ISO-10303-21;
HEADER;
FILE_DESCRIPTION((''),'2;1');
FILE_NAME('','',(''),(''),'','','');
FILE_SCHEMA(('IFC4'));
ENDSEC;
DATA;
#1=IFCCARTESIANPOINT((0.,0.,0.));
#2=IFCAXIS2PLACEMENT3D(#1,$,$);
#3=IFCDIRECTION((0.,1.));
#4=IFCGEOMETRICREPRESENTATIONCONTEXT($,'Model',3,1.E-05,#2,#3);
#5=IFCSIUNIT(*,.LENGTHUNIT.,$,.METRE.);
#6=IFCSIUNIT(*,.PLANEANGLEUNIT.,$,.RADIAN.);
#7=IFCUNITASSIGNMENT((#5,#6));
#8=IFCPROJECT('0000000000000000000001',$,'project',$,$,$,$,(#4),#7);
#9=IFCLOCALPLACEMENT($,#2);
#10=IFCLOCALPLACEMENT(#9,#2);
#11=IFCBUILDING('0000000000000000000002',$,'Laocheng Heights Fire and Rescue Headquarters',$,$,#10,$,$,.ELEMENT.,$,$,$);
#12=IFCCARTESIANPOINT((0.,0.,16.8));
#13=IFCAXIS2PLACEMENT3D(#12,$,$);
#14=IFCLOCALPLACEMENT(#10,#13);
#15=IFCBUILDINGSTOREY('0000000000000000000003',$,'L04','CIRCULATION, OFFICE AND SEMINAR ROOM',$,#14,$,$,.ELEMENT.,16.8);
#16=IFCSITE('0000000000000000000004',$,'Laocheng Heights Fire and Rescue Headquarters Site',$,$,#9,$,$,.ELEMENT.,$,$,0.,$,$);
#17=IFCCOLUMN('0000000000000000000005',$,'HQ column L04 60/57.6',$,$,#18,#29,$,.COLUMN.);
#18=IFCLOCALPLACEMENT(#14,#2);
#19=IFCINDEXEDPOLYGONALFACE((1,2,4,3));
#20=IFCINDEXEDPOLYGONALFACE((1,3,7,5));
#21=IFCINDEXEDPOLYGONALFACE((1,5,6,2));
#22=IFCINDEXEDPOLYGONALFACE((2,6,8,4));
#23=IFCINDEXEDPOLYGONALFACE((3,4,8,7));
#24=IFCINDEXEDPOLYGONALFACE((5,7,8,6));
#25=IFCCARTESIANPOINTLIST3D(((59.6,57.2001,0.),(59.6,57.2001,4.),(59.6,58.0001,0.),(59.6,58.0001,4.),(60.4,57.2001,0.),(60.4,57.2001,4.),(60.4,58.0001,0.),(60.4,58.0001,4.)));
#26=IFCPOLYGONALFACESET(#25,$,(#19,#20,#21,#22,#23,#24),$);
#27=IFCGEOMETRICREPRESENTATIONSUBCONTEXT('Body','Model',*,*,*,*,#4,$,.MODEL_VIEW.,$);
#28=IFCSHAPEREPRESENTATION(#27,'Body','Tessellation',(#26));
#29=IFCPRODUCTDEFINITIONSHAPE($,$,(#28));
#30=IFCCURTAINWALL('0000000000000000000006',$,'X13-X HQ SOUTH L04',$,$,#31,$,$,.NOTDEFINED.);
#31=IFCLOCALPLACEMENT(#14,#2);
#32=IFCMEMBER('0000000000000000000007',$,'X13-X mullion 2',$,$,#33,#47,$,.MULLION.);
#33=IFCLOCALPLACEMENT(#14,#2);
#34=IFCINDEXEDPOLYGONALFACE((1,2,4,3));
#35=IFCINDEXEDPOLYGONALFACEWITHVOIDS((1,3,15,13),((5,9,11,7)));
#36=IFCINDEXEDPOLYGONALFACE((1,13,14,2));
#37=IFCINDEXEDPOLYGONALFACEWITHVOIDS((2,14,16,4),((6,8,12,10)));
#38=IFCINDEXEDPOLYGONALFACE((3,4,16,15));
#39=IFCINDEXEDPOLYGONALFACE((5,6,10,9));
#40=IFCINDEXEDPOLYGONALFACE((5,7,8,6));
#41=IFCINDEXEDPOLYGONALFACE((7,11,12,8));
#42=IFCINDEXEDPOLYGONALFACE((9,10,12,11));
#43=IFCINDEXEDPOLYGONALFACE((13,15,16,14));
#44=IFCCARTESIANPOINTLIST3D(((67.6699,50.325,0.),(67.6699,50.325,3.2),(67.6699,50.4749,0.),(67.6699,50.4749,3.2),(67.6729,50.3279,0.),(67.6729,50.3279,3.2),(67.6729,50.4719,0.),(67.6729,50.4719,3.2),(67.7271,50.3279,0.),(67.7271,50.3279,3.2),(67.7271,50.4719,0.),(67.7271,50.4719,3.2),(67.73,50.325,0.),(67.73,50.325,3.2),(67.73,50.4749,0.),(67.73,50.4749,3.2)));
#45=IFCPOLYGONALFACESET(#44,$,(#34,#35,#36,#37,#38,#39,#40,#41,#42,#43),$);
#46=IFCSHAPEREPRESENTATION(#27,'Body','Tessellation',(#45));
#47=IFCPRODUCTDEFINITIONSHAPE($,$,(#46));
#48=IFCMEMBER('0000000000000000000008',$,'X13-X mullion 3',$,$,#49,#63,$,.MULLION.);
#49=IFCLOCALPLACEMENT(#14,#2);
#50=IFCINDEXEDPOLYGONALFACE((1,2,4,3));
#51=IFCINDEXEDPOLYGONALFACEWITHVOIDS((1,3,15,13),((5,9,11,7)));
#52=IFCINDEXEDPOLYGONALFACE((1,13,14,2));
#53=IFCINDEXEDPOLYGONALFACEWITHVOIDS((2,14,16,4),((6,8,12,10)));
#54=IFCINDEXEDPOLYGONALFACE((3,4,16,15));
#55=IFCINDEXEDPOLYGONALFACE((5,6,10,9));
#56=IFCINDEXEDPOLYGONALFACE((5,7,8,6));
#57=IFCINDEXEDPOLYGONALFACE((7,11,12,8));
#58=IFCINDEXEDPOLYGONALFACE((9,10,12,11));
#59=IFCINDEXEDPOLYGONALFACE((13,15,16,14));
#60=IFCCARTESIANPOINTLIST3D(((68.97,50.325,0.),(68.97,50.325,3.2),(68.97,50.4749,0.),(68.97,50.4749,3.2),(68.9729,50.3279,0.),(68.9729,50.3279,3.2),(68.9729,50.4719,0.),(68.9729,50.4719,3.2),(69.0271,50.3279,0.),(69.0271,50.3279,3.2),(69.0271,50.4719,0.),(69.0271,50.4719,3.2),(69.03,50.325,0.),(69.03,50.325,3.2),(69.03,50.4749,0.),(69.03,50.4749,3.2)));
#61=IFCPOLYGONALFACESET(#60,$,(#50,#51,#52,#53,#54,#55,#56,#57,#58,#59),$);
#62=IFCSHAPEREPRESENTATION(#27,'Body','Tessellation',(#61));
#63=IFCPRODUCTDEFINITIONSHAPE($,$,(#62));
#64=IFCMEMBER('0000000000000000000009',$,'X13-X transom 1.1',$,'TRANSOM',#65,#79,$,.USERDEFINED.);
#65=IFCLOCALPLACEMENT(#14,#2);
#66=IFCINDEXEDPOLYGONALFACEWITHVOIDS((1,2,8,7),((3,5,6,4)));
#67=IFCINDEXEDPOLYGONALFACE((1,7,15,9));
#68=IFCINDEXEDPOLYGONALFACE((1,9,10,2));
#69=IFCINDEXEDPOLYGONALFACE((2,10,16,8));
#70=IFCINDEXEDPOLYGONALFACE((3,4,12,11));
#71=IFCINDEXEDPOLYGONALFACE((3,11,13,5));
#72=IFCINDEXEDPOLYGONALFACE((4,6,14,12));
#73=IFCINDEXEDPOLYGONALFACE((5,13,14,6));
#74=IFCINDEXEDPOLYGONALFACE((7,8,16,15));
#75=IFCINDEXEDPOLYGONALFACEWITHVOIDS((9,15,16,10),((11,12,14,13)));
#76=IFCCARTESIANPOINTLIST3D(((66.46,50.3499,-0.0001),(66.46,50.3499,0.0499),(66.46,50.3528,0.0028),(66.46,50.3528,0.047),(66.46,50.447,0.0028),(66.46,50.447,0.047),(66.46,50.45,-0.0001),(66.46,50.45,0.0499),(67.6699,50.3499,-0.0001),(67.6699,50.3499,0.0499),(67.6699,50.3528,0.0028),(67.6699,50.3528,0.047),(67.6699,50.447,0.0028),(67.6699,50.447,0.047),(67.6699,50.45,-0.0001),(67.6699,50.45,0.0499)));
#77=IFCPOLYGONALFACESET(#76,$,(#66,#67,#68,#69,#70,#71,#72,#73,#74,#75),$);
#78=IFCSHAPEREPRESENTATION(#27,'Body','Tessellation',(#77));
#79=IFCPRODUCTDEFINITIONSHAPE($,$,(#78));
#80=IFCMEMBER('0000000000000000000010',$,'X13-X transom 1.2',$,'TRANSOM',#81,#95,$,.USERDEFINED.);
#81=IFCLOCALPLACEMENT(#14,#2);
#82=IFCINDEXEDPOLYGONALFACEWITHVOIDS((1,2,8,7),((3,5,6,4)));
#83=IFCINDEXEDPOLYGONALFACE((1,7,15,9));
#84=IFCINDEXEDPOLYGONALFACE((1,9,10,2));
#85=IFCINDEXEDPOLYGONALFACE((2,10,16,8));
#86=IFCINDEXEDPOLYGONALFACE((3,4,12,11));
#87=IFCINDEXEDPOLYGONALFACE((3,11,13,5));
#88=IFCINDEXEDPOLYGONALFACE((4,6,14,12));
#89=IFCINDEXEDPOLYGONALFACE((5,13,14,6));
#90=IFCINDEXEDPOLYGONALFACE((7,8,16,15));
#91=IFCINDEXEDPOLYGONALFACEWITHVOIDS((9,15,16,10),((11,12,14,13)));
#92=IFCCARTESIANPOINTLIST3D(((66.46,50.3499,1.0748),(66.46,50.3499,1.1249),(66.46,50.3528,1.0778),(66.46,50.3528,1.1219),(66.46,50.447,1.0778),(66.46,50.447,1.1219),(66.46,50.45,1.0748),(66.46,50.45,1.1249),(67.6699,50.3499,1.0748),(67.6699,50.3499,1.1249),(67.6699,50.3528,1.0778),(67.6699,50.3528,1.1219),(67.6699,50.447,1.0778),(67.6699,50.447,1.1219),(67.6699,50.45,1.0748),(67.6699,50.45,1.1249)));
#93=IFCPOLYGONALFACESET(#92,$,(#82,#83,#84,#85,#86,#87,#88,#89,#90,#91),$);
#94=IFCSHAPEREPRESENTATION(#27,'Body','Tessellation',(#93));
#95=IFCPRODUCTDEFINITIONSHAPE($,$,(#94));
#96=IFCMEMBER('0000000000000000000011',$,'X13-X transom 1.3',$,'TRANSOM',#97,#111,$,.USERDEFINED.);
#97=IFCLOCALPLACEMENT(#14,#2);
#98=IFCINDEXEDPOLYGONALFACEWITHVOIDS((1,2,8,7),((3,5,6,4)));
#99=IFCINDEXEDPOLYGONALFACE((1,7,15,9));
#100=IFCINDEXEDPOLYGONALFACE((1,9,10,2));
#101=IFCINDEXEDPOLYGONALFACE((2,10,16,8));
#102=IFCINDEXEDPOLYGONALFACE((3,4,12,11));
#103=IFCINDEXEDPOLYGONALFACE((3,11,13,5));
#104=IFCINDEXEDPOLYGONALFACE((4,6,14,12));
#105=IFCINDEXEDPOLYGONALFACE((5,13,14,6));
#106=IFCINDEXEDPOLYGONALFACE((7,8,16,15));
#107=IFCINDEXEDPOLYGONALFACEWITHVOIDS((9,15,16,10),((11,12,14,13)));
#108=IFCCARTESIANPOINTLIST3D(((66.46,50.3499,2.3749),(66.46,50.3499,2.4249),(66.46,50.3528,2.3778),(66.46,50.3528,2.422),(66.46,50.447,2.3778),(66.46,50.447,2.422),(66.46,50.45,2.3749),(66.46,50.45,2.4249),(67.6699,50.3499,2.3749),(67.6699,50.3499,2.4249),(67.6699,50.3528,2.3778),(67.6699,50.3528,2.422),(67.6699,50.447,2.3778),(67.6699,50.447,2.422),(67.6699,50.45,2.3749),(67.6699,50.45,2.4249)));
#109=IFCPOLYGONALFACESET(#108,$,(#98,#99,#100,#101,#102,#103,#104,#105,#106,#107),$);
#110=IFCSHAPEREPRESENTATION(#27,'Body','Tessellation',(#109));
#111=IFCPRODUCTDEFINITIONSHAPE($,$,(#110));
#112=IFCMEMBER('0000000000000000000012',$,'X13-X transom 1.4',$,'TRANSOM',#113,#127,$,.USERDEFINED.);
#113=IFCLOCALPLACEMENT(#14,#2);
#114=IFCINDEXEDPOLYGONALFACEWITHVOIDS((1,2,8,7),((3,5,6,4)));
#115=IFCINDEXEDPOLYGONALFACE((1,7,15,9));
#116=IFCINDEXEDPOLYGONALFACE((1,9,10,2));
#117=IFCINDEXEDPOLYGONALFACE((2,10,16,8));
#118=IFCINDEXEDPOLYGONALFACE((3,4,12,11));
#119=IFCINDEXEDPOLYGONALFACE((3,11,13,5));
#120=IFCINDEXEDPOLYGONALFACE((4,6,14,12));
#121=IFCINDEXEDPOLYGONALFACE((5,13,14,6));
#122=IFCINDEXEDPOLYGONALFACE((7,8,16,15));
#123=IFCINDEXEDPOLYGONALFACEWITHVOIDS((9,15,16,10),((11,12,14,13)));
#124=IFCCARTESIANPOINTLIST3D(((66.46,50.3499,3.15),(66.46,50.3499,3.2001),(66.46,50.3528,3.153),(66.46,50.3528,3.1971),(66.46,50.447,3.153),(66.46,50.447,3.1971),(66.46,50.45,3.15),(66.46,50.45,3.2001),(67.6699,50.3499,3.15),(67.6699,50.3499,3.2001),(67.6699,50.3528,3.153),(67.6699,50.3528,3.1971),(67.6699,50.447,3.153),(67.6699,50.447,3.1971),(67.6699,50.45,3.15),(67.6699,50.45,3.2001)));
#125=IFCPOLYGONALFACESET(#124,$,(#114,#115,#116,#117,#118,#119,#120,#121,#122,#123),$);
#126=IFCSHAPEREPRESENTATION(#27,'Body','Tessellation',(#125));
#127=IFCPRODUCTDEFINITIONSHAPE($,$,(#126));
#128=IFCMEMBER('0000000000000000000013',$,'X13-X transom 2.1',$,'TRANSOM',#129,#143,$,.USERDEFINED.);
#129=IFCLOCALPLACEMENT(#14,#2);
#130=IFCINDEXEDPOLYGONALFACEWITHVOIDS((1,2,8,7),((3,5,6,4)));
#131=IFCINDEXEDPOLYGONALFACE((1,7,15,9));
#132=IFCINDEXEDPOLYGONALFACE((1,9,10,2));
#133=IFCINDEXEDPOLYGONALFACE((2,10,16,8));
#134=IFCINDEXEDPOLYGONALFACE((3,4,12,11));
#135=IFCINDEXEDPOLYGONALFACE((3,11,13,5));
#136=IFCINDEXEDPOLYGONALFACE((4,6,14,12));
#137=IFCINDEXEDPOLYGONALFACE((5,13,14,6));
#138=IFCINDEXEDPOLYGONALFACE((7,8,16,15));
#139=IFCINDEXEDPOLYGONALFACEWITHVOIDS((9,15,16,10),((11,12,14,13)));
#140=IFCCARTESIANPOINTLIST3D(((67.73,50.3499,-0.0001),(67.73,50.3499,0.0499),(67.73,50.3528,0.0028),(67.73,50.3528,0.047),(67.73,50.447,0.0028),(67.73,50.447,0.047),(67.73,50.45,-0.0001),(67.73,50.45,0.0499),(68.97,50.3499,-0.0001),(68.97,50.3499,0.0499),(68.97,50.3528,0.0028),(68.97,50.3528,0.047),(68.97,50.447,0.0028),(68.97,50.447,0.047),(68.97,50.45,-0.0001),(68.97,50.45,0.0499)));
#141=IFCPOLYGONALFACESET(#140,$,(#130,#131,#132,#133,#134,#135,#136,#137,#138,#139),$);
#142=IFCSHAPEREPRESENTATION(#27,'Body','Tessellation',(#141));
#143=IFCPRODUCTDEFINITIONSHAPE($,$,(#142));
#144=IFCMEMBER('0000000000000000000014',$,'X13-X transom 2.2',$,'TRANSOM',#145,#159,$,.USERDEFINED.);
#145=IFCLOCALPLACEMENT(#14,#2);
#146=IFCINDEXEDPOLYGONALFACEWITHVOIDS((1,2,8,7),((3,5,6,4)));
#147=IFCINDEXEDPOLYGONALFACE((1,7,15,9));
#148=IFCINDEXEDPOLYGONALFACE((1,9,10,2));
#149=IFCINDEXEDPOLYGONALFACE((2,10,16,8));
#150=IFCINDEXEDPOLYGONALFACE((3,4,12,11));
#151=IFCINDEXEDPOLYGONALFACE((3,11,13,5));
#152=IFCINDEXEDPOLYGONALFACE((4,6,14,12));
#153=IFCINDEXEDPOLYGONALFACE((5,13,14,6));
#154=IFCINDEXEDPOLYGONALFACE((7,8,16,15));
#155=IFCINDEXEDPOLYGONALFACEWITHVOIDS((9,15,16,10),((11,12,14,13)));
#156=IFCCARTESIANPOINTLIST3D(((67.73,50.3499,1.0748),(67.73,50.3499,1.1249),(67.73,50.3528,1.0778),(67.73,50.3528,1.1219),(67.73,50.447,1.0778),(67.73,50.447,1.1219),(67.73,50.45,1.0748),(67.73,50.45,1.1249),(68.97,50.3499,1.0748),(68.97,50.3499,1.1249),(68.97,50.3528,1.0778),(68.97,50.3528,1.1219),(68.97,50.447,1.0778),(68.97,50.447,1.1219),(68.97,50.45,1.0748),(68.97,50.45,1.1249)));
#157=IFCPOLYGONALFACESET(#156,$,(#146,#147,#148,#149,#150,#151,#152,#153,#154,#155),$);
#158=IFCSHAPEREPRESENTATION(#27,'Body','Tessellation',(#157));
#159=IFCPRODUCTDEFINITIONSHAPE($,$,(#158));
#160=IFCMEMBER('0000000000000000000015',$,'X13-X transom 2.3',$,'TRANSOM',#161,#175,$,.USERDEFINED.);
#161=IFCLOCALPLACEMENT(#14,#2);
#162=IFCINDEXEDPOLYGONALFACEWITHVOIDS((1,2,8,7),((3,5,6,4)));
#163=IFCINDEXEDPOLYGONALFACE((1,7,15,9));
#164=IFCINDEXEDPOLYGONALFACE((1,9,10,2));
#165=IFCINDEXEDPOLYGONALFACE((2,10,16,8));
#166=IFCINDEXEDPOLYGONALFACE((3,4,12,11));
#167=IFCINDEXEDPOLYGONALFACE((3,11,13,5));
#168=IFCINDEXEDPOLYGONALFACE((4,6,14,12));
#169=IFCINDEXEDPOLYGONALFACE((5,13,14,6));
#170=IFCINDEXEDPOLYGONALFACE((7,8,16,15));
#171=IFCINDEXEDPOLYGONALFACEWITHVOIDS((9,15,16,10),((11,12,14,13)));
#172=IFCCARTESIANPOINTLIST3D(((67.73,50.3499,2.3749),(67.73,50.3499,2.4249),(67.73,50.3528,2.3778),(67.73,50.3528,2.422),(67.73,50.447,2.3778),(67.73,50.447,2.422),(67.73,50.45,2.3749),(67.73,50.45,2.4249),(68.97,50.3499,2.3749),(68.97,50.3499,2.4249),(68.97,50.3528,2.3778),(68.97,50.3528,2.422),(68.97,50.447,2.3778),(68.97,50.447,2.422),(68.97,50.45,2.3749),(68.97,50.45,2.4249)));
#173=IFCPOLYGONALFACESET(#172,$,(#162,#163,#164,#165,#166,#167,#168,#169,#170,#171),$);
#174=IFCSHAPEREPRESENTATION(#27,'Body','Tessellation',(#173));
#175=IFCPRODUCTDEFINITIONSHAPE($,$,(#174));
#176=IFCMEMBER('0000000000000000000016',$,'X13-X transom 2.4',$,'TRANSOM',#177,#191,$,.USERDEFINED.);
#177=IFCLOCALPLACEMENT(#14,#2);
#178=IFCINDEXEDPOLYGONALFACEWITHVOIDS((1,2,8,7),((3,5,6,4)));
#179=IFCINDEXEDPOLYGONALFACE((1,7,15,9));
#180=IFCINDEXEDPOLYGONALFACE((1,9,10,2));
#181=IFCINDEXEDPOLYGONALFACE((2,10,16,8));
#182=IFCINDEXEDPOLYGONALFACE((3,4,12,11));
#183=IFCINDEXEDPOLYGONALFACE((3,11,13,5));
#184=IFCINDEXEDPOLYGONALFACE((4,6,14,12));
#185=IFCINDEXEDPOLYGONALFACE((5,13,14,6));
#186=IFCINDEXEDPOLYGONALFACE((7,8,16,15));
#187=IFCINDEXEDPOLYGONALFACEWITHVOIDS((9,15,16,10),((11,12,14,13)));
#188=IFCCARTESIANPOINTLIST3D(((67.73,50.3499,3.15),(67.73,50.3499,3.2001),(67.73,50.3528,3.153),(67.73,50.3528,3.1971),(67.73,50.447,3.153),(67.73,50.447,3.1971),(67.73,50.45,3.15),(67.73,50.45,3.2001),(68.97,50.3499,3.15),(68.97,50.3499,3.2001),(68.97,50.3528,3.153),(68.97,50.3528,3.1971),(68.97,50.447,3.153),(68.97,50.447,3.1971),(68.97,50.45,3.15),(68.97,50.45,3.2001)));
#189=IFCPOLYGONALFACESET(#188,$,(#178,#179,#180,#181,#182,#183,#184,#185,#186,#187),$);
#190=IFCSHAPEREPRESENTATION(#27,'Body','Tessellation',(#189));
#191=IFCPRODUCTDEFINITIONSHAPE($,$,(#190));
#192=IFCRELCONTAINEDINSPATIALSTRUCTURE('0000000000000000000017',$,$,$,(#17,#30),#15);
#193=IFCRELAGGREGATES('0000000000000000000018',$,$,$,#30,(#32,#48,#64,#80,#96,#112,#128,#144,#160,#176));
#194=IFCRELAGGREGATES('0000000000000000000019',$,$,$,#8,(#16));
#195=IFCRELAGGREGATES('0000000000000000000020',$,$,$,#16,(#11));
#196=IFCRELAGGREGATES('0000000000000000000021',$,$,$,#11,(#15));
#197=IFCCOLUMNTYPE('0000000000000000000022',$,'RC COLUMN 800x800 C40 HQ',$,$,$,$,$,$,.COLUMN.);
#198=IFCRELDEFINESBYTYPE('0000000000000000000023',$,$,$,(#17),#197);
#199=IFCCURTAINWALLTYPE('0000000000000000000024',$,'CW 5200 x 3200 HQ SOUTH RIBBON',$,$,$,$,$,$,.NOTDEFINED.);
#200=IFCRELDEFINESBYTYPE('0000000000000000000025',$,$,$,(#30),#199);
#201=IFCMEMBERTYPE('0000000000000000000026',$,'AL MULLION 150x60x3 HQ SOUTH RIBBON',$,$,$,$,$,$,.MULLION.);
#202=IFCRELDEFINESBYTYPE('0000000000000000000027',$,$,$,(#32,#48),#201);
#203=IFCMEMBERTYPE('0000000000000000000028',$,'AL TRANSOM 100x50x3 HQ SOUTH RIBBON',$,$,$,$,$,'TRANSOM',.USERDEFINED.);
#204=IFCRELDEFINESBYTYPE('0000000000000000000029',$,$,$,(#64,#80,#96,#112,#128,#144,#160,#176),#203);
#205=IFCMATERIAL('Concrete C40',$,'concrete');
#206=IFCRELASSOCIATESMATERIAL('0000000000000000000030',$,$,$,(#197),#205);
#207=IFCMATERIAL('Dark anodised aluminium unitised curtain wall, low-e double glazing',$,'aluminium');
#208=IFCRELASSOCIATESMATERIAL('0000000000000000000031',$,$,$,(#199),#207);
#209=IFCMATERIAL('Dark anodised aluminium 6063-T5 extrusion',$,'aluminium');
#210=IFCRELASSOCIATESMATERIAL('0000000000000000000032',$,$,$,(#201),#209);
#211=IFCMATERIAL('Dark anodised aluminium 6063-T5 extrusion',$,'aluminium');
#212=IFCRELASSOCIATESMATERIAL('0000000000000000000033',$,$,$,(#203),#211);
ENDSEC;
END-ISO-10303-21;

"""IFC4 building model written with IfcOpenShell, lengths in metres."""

from ifc_helpers import new_model, si_unit, direction, frame, origin, origin_2d, place, context, subcontext, project, spatial, rectangle, hollow_rectangle, extrude, material, material_profile, profile_set, type_object, element, aggregate, save


model = new_model("IFC4")

# Units and contexts
model_context = context("Model", 3, precision=1e-05, world=origin(), true_north=direction((0.0, 1.0)))
body_context = subcontext(model_context, "Body", "Model", "MODEL_VIEW")
ifc_project = project(units=[si_unit("LENGTHUNIT", "METRE"), si_unit("PLANEANGLEUNIT", "RADIAN")], contexts=[model_context])

# Site, building, storey
site_placement = place(None, origin())
site = spatial("IfcSite", under=ifc_project, at=site_placement, Name="Laocheng Heights Fire and Rescue Headquarters Site", CompositionType="ELEMENT", RefElevation=0.0)
building_placement = place(site_placement, origin())
building = spatial("IfcBuilding", under=site, at=building_placement, Name="Laocheng Heights Fire and Rescue Headquarters", CompositionType="ELEMENT")
storey_placement = place(building_placement, frame((0.0, 0.0, 16.8)))
storey = spatial("IfcBuildingStorey", under=building, at=storey_placement, Name="L04", Description="CIRCULATION, OFFICE AND SEMINAR ROOM", CompositionType="ELEMENT", Elevation=16.8)

# Column
ifc_material_1 = material(Name="Concrete C40", Category="concrete")
ifc_material_profile_1 = material_profile(ifc_material_1, rectangle(XDim=0.8, YDim=0.8, at=origin_2d()), Name="RC COLUMN 800x800 C40 HQ")
ifc_profile_set_1 = profile_set([ifc_material_profile_1], Name="Concrete C40")
column_type = type_object("IfcColumnType", Name="RC COLUMN 800x800 C40 HQ", PredefinedType="COLUMN", material=ifc_profile_set_1)
column_placement = place(storey_placement, frame((60.0, 57.6001, 0.0), z_axis=(0.0, 0.0, 1.0), x_axis=(1.0, 0.0, 0.0)))
element("IfcColumn", 1, at=column_placement, inside=storey, type_object=column_type, Name="HQ column L04 60/57.6", PredefinedType="COLUMN", context=body_context, shape_type="SweptSolid", body=[
    extrude(rectangle(XDim=0.8, YDim=0.8, at=origin_2d()), origin(), (0.0, 0.0, 1.0), 4.0),
])

# Curtain wall, members
ifc_material_2 = material(Name="Dark anodised aluminium unitised curtain wall, low-e double glazing", Category="aluminium")
curtain_wall_type = type_object("IfcCurtainWallType", Name="CW 5200 x 3200 HQ SOUTH RIBBON", PredefinedType="NOTDEFINED", material=ifc_material_2)
curtain_wall_placement = place(storey_placement, origin())
curtain_wall = element("IfcCurtainWall", 2, at=curtain_wall_placement, inside=storey, type_object=curtain_wall_type, Name="X13-X HQ SOUTH L04", PredefinedType="NOTDEFINED")
ifc_material_3 = material(Name="Dark anodised aluminium 6063-T5 extrusion", Category="aluminium")
ifc_material_profile_2 = material_profile(ifc_material_3, hollow_rectangle(XDim=0.1499, YDim=0.0601, WallThickness=0.0029, at=origin_2d()), Name="AL MULLION 150x60x3 HQ SOUTH RIBBON")
ifc_profile_set_2 = profile_set([ifc_material_profile_2], Name="Dark anodised aluminium 6063-T5 extrusion")
member_type_1 = type_object("IfcMemberType", Name="AL MULLION 150x60x3 HQ SOUTH RIBBON", PredefinedType="MULLION", material=ifc_profile_set_2)
member_1_placement = place(storey_placement, frame((67.7, 50.3999, 0.0), z_axis=(0.0, 0.0, 1.0), x_axis=(0.0, 1.0, 0.0)))
member_1 = element("IfcMember", 3, at=member_1_placement, type_object=member_type_1, Name="X13-X mullion 2", PredefinedType="MULLION", context=body_context, shape_type="SweptSolid", body=[
    extrude(hollow_rectangle(XDim=0.1499, YDim=0.0601, WallThickness=0.0029, at=origin_2d()), origin(), (0.0, 0.0, 1.0), 3.2),
])
member_2_placement = place(storey_placement, frame((69.0, 50.3999, 0.0), z_axis=(0.0, 0.0, 1.0), x_axis=(0.0, 1.0, 0.0)))
member_2 = element("IfcMember", 4, at=member_2_placement, type_object=member_type_1, Name="X13-X mullion 3", PredefinedType="MULLION", context=body_context, shape_type="SweptSolid", body=[
    extrude(hollow_rectangle(XDim=0.1499, YDim=0.0601, WallThickness=0.0029, at=origin_2d()), origin(), (0.0, 0.0, 1.0), 3.2),
])
ifc_material_4 = material(Name="Dark anodised aluminium 6063-T5 extrusion", Category="aluminium")
ifc_material_profile_3 = material_profile(ifc_material_4, hollow_rectangle(XDim=0.1001, YDim=0.05, WallThickness=0.0029, at=origin_2d()), Name="AL TRANSOM 100x50x3 HQ SOUTH RIBBON")
ifc_profile_set_3 = profile_set([ifc_material_profile_3], Name="Dark anodised aluminium 6063-T5 extrusion")
member_type_2 = type_object("IfcMemberType", Name="AL TRANSOM 100x50x3 HQ SOUTH RIBBON", ElementType="TRANSOM", PredefinedType="USERDEFINED", material=ifc_profile_set_3)
member_3_placement = place(storey_placement, frame((66.46, 50.3999, 0.0249), z_axis=(1.0, 0.0, 0.0), x_axis=(0.0, 1.0, 0.0)))
member_3 = element("IfcMember", 5, at=member_3_placement, type_object=member_type_2, Name="X13-X transom 1.1", ObjectType="TRANSOM", PredefinedType="USERDEFINED", context=body_context, shape_type="SweptSolid", body=[
    extrude(hollow_rectangle(XDim=0.1001, YDim=0.05, WallThickness=0.0029, at=origin_2d()), origin(), (0.0, 0.0, 1.0), 1.21),
])
member_4_placement = place(storey_placement, frame((66.46, 50.3999, 1.0999), z_axis=(1.0, 0.0, 0.0), x_axis=(0.0, 1.0, 0.0)))
member_4 = element("IfcMember", 6, at=member_4_placement, type_object=member_type_2, Name="X13-X transom 1.2", ObjectType="TRANSOM", PredefinedType="USERDEFINED", context=body_context, shape_type="SweptSolid", body=[
    extrude(hollow_rectangle(XDim=0.1001, YDim=0.05, WallThickness=0.0029, at=origin_2d()), origin(), (0.0, 0.0, 1.0), 1.21),
])
member_5_placement = place(storey_placement, frame((66.46, 50.3999, 2.3999), z_axis=(1.0, 0.0, 0.0), x_axis=(0.0, 1.0, 0.0)))
member_5 = element("IfcMember", 7, at=member_5_placement, type_object=member_type_2, Name="X13-X transom 1.3", ObjectType="TRANSOM", PredefinedType="USERDEFINED", context=body_context, shape_type="SweptSolid", body=[
    extrude(hollow_rectangle(XDim=0.1001, YDim=0.05, WallThickness=0.0029, at=origin_2d()), origin(), (0.0, 0.0, 1.0), 1.21),
])
member_6_placement = place(storey_placement, frame((66.46, 50.3999, 3.175), z_axis=(1.0, 0.0, 0.0), x_axis=(0.0, 1.0, 0.0)))
member_6 = element("IfcMember", 8, at=member_6_placement, type_object=member_type_2, Name="X13-X transom 1.4", ObjectType="TRANSOM", PredefinedType="USERDEFINED", context=body_context, shape_type="SweptSolid", body=[
    extrude(hollow_rectangle(XDim=0.1001, YDim=0.05, WallThickness=0.0029, at=origin_2d()), origin(), (0.0, 0.0, 1.0), 1.21),
])
member_7_placement = place(storey_placement, frame((67.73, 50.3999, 0.0249), z_axis=(1.0, 0.0, 0.0), x_axis=(0.0, 1.0, 0.0)))
member_7 = element("IfcMember", 9, at=member_7_placement, type_object=member_type_2, Name="X13-X transom 2.1", ObjectType="TRANSOM", PredefinedType="USERDEFINED", context=body_context, shape_type="SweptSolid", body=[
    extrude(hollow_rectangle(XDim=0.1001, YDim=0.05, WallThickness=0.0029, at=origin_2d()), origin(), (0.0, 0.0, 1.0), 1.24),
])
member_8_placement = place(storey_placement, frame((67.73, 50.3999, 1.0999), z_axis=(1.0, 0.0, 0.0), x_axis=(0.0, 1.0, 0.0)))
member_8 = element("IfcMember", 10, at=member_8_placement, type_object=member_type_2, Name="X13-X transom 2.2", ObjectType="TRANSOM", PredefinedType="USERDEFINED", context=body_context, shape_type="SweptSolid", body=[
    extrude(hollow_rectangle(XDim=0.1001, YDim=0.05, WallThickness=0.0029, at=origin_2d()), origin(), (0.0, 0.0, 1.0), 1.24),
])
member_9_placement = place(storey_placement, frame((67.73, 50.3999, 2.3999), z_axis=(1.0, 0.0, 0.0), x_axis=(0.0, 1.0, 0.0)))
member_9 = element("IfcMember", 11, at=member_9_placement, type_object=member_type_2, Name="X13-X transom 2.3", ObjectType="TRANSOM", PredefinedType="USERDEFINED", context=body_context, shape_type="SweptSolid", body=[
    extrude(hollow_rectangle(XDim=0.1001, YDim=0.05, WallThickness=0.0029, at=origin_2d()), origin(), (0.0, 0.0, 1.0), 1.24),
])
member_10_placement = place(storey_placement, frame((67.73, 50.3999, 3.175), z_axis=(1.0, 0.0, 0.0), x_axis=(0.0, 1.0, 0.0)))
member_10 = element("IfcMember", 12, at=member_10_placement, type_object=member_type_2, Name="X13-X transom 2.4", ObjectType="TRANSOM", PredefinedType="USERDEFINED", context=body_context, shape_type="SweptSolid", body=[
    extrude(hollow_rectangle(XDim=0.1001, YDim=0.05, WallThickness=0.0029, at=origin_2d()), origin(), (0.0, 0.0, 1.0), 1.24),
])

aggregate(curtain_wall, [member_1, member_2, member_3, member_4, member_5, member_6, member_7, member_8, member_9, member_10])

save(model, "model.ifc")
